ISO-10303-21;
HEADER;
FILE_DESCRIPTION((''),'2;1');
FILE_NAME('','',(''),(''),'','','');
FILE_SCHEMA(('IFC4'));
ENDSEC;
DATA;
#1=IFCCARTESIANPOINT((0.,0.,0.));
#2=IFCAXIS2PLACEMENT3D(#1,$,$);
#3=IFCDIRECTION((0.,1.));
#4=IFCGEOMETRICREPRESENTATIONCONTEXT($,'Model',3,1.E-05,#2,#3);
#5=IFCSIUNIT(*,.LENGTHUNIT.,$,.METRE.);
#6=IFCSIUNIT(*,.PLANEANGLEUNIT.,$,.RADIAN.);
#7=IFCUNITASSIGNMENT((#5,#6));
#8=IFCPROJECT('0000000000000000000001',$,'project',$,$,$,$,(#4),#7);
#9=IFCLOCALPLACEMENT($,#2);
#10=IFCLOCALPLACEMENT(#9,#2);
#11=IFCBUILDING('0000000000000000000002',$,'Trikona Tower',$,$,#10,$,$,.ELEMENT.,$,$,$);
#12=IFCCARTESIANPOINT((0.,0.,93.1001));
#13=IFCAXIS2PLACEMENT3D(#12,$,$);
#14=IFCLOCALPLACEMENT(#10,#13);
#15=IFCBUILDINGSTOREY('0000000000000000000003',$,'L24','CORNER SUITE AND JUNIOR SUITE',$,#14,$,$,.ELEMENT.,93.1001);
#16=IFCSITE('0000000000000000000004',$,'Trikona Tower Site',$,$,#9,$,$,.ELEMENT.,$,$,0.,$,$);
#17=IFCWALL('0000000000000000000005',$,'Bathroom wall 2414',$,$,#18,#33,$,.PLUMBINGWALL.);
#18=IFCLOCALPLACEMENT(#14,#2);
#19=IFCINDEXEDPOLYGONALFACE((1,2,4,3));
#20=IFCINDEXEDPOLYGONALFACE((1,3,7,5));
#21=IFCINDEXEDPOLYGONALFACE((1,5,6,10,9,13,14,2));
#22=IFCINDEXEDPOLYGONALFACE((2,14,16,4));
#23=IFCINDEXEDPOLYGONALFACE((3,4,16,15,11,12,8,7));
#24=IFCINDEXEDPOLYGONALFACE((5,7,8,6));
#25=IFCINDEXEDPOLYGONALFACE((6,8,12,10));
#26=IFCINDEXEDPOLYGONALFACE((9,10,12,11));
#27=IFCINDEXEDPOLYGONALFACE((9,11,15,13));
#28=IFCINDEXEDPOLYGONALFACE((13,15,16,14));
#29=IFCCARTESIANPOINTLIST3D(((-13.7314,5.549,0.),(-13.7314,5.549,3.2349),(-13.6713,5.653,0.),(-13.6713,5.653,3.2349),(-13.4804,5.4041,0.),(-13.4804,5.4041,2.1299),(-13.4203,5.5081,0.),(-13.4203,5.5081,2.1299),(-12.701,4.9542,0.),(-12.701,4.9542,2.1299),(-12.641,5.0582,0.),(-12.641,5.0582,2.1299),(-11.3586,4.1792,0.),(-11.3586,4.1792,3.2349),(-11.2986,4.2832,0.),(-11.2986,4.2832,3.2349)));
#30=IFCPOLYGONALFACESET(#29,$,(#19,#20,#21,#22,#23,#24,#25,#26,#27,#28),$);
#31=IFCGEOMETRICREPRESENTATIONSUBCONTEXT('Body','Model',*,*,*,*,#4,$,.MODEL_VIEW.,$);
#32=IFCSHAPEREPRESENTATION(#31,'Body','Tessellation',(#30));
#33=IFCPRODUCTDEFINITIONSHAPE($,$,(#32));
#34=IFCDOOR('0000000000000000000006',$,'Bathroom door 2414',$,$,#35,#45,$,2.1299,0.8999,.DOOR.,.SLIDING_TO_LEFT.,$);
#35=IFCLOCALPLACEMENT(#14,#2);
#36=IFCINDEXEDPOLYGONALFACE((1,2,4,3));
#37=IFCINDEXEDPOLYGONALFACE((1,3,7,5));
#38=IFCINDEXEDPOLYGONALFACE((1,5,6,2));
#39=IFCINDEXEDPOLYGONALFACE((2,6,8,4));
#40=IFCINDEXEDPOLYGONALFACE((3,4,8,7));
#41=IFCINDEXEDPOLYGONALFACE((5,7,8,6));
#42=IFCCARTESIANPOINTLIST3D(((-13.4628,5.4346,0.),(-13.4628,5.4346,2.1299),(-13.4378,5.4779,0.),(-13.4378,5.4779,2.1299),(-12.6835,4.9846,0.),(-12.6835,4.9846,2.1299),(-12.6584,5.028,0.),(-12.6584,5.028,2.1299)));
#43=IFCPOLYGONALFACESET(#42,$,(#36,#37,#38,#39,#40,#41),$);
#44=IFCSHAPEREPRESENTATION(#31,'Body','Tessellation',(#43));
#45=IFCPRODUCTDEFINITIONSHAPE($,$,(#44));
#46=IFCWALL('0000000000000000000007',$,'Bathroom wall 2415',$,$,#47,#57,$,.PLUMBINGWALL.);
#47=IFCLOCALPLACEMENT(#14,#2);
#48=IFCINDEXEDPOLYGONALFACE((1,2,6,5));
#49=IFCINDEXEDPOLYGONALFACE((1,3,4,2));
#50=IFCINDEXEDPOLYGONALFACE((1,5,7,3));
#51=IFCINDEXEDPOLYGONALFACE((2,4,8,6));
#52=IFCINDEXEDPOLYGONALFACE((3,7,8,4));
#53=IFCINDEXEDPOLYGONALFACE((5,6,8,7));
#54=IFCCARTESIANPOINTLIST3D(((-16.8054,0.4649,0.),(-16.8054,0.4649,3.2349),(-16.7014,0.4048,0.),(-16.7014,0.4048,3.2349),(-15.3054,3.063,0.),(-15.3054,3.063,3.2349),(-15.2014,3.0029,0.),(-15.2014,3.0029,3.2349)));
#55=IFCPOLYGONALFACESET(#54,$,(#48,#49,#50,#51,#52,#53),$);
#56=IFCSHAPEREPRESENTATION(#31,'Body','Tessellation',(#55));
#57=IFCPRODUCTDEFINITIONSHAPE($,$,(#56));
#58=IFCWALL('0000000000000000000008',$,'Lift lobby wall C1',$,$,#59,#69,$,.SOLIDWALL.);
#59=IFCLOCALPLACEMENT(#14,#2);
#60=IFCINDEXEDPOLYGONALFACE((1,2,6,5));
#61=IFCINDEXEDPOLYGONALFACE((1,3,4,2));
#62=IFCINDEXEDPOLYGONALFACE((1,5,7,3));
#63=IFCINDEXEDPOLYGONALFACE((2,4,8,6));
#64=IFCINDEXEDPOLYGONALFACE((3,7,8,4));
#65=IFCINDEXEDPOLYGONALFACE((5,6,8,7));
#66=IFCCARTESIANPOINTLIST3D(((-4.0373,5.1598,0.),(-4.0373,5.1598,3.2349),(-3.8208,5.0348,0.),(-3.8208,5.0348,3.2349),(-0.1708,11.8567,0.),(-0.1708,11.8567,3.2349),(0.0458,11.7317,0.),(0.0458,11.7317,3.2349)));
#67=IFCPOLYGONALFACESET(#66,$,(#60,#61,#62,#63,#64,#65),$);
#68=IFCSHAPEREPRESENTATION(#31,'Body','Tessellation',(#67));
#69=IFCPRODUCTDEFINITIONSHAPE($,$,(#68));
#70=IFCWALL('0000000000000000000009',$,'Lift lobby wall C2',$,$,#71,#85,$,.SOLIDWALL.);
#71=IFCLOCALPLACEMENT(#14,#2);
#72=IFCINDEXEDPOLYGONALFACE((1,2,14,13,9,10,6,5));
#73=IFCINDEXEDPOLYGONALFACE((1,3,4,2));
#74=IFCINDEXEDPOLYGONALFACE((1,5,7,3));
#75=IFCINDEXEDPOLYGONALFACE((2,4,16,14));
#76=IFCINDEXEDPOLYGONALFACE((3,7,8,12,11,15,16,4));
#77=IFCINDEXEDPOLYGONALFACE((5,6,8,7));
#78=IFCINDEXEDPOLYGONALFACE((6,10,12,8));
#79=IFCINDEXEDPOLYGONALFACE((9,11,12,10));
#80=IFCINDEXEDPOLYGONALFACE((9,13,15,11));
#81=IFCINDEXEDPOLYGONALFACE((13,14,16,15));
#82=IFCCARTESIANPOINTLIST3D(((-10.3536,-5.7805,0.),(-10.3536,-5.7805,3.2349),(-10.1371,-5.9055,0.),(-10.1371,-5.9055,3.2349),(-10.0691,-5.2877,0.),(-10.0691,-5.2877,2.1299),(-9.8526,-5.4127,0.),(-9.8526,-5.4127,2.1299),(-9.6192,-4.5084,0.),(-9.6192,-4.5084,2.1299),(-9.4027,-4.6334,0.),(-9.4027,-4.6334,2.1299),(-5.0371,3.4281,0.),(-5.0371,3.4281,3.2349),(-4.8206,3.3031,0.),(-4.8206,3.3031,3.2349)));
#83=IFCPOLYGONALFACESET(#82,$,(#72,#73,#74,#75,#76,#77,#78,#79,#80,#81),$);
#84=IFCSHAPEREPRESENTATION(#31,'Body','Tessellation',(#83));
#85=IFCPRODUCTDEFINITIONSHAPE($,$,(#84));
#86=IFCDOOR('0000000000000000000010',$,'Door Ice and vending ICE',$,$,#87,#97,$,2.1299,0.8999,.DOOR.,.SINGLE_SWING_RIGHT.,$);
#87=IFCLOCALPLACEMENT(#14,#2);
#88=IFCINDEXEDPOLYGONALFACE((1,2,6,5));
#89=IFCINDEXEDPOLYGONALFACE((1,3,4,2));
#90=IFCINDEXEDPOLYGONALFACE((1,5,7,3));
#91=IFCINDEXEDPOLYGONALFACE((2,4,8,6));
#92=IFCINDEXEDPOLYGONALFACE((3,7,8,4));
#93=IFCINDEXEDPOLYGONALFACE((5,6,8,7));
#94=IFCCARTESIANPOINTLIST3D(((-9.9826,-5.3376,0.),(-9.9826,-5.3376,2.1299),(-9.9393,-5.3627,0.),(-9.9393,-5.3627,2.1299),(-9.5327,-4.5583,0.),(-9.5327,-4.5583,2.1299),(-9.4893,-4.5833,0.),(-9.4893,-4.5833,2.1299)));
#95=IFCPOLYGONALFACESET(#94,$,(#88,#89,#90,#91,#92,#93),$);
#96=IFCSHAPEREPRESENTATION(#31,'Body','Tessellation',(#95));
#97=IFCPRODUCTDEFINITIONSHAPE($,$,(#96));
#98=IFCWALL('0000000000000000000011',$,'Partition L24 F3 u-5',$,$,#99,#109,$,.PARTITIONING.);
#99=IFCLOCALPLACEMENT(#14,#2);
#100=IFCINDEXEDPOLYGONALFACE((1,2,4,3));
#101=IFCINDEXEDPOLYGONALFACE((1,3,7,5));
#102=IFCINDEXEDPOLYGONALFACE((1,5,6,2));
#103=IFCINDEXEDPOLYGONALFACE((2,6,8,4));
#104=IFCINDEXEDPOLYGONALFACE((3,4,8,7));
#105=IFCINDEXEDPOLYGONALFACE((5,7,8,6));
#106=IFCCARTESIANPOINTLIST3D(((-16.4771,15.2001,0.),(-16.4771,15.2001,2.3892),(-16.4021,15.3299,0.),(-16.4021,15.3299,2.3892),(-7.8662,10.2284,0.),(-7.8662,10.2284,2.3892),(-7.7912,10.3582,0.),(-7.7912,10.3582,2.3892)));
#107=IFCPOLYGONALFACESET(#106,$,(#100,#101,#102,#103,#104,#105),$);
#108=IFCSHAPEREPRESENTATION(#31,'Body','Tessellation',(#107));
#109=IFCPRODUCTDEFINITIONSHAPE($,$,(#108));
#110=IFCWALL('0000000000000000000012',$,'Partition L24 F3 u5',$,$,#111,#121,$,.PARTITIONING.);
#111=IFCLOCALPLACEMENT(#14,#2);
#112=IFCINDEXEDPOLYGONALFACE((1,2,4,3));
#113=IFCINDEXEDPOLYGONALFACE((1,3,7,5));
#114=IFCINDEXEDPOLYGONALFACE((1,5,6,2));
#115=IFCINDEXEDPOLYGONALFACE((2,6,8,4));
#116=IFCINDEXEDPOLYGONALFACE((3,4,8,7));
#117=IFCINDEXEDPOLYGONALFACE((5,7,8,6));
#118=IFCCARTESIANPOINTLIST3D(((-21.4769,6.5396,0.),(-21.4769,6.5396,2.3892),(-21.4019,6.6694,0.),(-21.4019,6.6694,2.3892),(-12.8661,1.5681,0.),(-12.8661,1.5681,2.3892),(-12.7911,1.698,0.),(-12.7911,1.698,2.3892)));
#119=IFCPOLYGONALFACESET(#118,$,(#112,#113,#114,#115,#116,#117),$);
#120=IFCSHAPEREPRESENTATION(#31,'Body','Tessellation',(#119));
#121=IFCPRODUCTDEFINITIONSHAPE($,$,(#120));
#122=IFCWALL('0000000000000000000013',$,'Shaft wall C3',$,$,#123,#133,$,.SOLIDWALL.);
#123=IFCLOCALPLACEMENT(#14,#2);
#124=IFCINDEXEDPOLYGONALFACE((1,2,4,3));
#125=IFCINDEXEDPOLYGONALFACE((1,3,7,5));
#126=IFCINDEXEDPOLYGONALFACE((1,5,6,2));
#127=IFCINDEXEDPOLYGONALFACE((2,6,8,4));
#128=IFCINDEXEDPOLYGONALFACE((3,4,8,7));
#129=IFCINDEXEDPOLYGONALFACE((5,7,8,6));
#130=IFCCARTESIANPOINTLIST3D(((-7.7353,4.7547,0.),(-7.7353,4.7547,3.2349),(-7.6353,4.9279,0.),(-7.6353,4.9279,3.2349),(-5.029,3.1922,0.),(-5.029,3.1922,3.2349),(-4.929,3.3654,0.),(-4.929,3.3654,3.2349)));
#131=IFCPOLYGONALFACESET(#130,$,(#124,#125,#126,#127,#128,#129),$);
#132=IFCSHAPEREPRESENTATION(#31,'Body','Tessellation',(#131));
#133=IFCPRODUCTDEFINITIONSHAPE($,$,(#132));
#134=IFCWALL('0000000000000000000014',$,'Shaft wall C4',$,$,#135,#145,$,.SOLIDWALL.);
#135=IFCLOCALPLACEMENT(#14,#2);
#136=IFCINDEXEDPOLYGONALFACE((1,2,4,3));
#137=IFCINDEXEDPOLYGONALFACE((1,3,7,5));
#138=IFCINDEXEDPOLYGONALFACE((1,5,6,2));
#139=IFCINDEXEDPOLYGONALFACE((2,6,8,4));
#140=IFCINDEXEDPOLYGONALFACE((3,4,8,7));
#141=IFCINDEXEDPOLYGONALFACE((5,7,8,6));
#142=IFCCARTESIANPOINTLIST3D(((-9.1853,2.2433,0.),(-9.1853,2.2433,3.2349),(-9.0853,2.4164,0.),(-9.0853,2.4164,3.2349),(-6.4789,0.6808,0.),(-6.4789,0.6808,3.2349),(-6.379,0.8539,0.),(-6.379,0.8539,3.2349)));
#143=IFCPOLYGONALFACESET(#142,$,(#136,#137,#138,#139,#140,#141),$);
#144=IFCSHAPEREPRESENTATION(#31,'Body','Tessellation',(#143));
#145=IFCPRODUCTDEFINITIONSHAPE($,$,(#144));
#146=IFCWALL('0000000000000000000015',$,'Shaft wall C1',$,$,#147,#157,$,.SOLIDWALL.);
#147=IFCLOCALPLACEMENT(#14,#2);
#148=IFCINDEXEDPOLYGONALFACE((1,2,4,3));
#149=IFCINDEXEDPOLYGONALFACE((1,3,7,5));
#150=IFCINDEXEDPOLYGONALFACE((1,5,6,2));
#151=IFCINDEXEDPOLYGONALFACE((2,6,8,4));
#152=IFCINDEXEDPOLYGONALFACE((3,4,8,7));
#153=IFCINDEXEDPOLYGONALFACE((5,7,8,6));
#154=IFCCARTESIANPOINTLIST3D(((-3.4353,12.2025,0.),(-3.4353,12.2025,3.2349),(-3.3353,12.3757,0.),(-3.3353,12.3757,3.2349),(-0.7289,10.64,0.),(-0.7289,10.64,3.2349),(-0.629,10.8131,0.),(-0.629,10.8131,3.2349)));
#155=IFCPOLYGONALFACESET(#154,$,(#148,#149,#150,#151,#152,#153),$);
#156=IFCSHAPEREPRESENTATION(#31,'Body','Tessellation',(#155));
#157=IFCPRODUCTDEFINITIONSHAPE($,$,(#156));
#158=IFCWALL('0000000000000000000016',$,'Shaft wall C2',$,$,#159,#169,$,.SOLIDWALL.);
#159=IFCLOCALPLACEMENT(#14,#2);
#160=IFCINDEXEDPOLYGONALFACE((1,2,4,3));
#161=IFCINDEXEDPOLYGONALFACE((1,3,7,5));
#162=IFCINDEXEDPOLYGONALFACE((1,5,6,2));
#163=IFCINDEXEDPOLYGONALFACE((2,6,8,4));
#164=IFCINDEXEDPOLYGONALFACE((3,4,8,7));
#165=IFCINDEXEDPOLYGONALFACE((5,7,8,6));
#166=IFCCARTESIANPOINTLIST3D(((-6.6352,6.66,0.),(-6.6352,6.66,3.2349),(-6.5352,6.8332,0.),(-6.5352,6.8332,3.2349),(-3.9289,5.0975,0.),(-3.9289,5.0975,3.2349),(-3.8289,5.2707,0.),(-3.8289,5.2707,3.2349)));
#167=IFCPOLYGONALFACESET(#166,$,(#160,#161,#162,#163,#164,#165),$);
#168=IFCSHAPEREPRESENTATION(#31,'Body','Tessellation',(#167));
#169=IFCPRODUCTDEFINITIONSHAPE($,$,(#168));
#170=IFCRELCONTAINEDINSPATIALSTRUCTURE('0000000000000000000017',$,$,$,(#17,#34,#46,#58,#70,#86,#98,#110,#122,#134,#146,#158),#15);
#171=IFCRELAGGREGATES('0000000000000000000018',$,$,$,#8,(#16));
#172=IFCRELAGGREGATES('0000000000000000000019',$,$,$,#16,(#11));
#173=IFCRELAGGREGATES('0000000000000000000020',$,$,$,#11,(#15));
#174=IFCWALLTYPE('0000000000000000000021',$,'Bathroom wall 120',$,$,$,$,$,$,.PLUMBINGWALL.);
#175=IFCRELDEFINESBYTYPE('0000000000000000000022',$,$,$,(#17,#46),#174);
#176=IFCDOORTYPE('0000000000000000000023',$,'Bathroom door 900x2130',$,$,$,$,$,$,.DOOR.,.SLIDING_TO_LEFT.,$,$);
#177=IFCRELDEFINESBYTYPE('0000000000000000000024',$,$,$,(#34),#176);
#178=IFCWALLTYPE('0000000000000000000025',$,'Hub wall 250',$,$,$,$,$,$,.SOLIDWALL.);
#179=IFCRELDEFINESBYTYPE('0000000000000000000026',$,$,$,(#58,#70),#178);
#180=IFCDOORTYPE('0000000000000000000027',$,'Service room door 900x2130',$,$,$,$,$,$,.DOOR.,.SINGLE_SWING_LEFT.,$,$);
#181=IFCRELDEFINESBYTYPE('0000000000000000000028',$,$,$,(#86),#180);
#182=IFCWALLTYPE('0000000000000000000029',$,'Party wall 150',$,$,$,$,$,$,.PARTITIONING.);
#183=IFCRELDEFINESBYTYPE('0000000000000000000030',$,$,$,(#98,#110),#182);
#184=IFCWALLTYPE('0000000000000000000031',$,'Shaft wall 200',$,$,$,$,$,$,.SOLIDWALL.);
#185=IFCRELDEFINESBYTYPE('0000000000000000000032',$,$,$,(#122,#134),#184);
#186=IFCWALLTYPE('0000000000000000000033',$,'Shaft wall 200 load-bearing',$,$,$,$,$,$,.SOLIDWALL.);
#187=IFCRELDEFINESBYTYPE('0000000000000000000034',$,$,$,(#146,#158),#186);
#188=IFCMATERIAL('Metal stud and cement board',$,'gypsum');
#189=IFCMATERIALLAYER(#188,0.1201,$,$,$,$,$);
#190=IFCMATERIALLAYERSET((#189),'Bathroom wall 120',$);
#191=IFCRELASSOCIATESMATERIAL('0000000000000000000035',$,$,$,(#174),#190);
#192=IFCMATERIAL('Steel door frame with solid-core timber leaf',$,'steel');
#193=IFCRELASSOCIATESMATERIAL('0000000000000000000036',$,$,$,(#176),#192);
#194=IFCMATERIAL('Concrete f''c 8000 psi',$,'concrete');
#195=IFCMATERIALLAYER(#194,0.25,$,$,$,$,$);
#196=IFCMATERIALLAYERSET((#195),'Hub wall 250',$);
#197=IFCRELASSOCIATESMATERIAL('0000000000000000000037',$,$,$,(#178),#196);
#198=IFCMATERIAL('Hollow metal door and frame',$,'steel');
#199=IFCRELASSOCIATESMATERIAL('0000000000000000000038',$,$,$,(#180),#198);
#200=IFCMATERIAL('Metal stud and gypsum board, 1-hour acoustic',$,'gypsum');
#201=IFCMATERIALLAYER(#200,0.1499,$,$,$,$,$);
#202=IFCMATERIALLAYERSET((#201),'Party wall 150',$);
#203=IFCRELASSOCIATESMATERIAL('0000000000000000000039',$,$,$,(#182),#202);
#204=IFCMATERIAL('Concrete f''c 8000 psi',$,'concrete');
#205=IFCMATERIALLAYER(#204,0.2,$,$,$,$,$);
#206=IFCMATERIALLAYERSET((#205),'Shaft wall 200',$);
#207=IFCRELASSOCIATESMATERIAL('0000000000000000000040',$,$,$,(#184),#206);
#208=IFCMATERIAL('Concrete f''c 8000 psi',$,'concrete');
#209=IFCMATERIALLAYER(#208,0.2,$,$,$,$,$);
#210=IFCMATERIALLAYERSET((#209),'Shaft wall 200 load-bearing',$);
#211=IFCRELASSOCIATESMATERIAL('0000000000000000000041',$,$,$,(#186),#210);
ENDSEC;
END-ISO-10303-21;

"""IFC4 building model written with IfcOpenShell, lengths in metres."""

from ifc_helpers import new_model, si_unit, direction, frame, frame_2d, origin, place, context, subcontext, project, spatial, rectangle, extrude, material, layer, layer_set, type_object, element, fill, save


model = new_model("IFC4")

# Units and contexts
model_context = context("Model", 3, precision=1e-05, world=origin(), true_north=direction((0.0, 1.0)))
body_context = subcontext(model_context, "Body", "Model", "MODEL_VIEW")
ifc_project = project(units=[si_unit("LENGTHUNIT", "METRE"), si_unit("PLANEANGLEUNIT", "RADIAN")], contexts=[model_context])

# Site, building, storey
site_placement = place(None, origin())
site = spatial("IfcSite", under=ifc_project, at=site_placement, Name="Trikona Tower Site", CompositionType="ELEMENT", RefElevation=0.0)
building_placement = place(site_placement, origin())
building = spatial("IfcBuilding", under=site, at=building_placement, Name="Trikona Tower", CompositionType="ELEMENT")
storey_placement = place(building_placement, frame((0.0, 0.0, 93.1001)))
storey = spatial("IfcBuildingStorey", under=building, at=storey_placement, Name="L24", Description="CORNER SUITE AND JUNIOR SUITE", CompositionType="ELEMENT", Elevation=93.1001)

# Shared definitions
ifc_material_1 = material(Name="Metal stud and cement board", Category="gypsum")
ifc_layer_1 = layer(ifc_material_1, 0.1201)
ifc_layer_set_1 = layer_set([ifc_layer_1], Name="Bathroom wall 120")
wall_type_1 = type_object("IfcWallType", Name="Bathroom wall 120", PredefinedType="PLUMBINGWALL", material=ifc_layer_set_1)
ifc_material_2 = material(Name="Steel door frame with solid-core timber leaf", Category="steel")
door_type_1 = type_object("IfcDoorType", Name="Bathroom door 900x2130", OperationType="SLIDING_TO_LEFT", PredefinedType="DOOR", material=ifc_material_2)

# Wall, opening, door
wall_1_placement = place(storey_placement, frame((-11.3286, 4.2312, 0.0), z_axis=(0.0, 0.0, 1.0), x_axis=(-0.866036, 0.499982, 0.0)))
wall_1 = element("IfcWall", 1, at=wall_1_placement, inside=storey, type_object=wall_type_1, Name="Bathroom wall 2414", PredefinedType="PLUMBINGWALL", context=body_context, shape_type="SweptSolid", body=[
    extrude(rectangle(XDim=2.7397, YDim=0.1201, at=frame_2d((1.3699, 0.0))), origin(), (0.0, 0.0, 1.0), 3.2349),
])
opening_1_placement = place(wall_1_placement, frame((1.55, 0.0, 0.0)))
opening_1 = element("IfcOpeningElement", 2, at=opening_1_placement, cuts=wall_1, PredefinedType="OPENING", context=body_context, shape_type="SweptSolid", body=[
    extrude(rectangle(XDim=0.8999, YDim=2.1299, at=frame_2d((0.45, 1.0649))), frame((0.0, 0.0701, 0.0), z_axis=(0.0, -1.0, 0.0), x_axis=(1.0, 0.0, 0.0)), (0.0, 0.0, 1.0), 0.1401),
])
door_1_placement = place(opening_1_placement, origin())
door_1 = element("IfcDoor", 3, at=door_1_placement, inside=storey, type_object=door_type_1, Name="Bathroom door 2414", OperationType="SLIDING_TO_LEFT", OverallHeight=2.1299, OverallWidth=0.8999, PredefinedType="DOOR", context=body_context, shape_type="SweptSolid", body=[
    extrude(rectangle(XDim=0.8999, YDim=2.1299, at=frame_2d((0.45, 1.0649))), frame((0.0, 0.0249, 0.0), z_axis=(0.0, -1.0, 0.0), x_axis=(1.0, 0.0, 0.0)), (0.0, 0.0, 1.0), 0.05),
])
fill(opening_1, door_1)

# Walls
wall_2_placement = place(storey_placement, frame((-15.2534, 3.033, 0.0), z_axis=(0.0, 0.0, 1.0), x_axis=(-0.49999, -0.866031, 0.0)))
element("IfcWall", 4, at=wall_2_placement, inside=storey, type_object=wall_type_1, Name="Bathroom wall 2415", PredefinedType="PLUMBINGWALL", context=body_context, shape_type="SweptSolid", body=[
    extrude(rectangle(XDim=3.0, YDim=0.1201, at=frame_2d((1.5, 0.0))), origin(), (0.0, 0.0, 1.0), 3.2349),
])
ifc_material_3 = material(Name="Concrete f'c 8000 psi", Category="concrete")
ifc_layer_2 = layer(ifc_material_3, 0.25)
ifc_layer_set_2 = layer_set([ifc_layer_2], Name="Hub wall 250")
wall_type_2 = type_object("IfcWallType", Name="Hub wall 250", PredefinedType="SOLIDWALL", material=ifc_layer_set_2)
wall_3_placement = place(storey_placement, frame((-0.0625, 11.7942, 0.0), z_axis=(0.0, 0.0, 1.0), x_axis=(-0.500007, -0.866022, 0.0)))
element("IfcWall", 5, at=wall_3_placement, inside=storey, type_object=wall_type_2, Name="Lift lobby wall C1", PredefinedType="SOLIDWALL", context=body_context, shape_type="SweptSolid", body=[
    extrude(rectangle(XDim=7.7329, YDim=0.25, at=frame_2d((3.8665, 0.0))), origin(), (0.0, 0.0, 1.0), 3.2349),
])

# Wall, opening, door
wall_4_placement = place(storey_placement, frame((-4.929, 3.3655, 0.0), z_axis=(0.0, 0.0, 1.0), x_axis=(-0.499991, -0.86603, 0.0)))
wall_4 = element("IfcWall", 6, at=wall_4_placement, inside=storey, type_object=wall_type_2, Name="Lift lobby wall C2", PredefinedType="SOLIDWALL", context=body_context, shape_type="SweptSolid", body=[
    extrude(rectangle(XDim=10.6331, YDim=0.25, at=frame_2d((5.3164, 0.0))), origin(), (0.0, 0.0, 1.0), 3.2349),
])
opening_2_placement = place(wall_4_placement, frame((9.1641, 0.0, 0.0)))
opening_2 = element("IfcOpeningElement", 7, at=opening_2_placement, cuts=wall_4, PredefinedType="OPENING", context=body_context, shape_type="SweptSolid", body=[
    extrude(rectangle(XDim=0.8999, YDim=2.1299, at=frame_2d((0.45, 1.0649))), frame((0.0, 0.135, 0.0), z_axis=(0.0, -1.0, 0.0), x_axis=(1.0, 0.0, 0.0)), (0.0, 0.0, 1.0), 0.27),
])
ifc_material_4 = material(Name="Hollow metal door and frame", Category="steel")
door_type_2 = type_object("IfcDoorType", Name="Service room door 900x2130", OperationType="SINGLE_SWING_LEFT", PredefinedType="DOOR", material=ifc_material_4)
door_2_placement = place(opening_2_placement, origin())
door_2 = element("IfcDoor", 8, at=door_2_placement, inside=storey, type_object=door_type_2, Name="Door Ice and vending ICE", OperationType="SINGLE_SWING_RIGHT", OverallHeight=2.1299, OverallWidth=0.8999, PredefinedType="DOOR", context=body_context, shape_type="SweptSolid", body=[
    extrude(rectangle(XDim=0.8999, YDim=2.1299, at=frame_2d((0.45, 1.0649))), frame((0.0, 0.0249, 0.0), z_axis=(0.0, -1.0, 0.0), x_axis=(1.0, 0.0, 0.0)), (0.0, 0.0, 1.0), 0.05),
])
fill(opening_2, door_2)

# Walls
ifc_material_5 = material(Name="Metal stud and gypsum board, 1-hour acoustic", Category="gypsum")
ifc_layer_3 = layer(ifc_material_5, 0.1499)
ifc_layer_set_3 = layer_set([ifc_layer_3], Name="Party wall 150")
wall_type_3 = type_object("IfcWallType", Name="Party wall 150", PredefinedType="PARTITIONING", material=ifc_layer_set_3)
wall_5_placement = place(storey_placement, frame((-7.8286, 10.2932, 0.0), z_axis=(0.0, 0.0, 1.0), x_axis=(-0.866016, 0.500016, 0.0)))
element("IfcWall", 9, at=wall_5_placement, inside=storey, type_object=wall_type_3, Name="Partition L24 F3 u-5", PredefinedType="PARTITIONING", context=body_context, shape_type="SweptSolid", body=[
    extrude(rectangle(XDim=9.9431, YDim=0.1499, at=frame_2d((4.9717, 0.0))), origin(), (0.0, 0.0, 1.0), 2.3892),
])
wall_6_placement = place(storey_placement, frame((-12.8286, 1.6331, 0.0), z_axis=(0.0, 0.0, 1.0), x_axis=(-0.866027, 0.499997, 0.0)))
element("IfcWall", 10, at=wall_6_placement, inside=storey, type_object=wall_type_3, Name="Partition L24 F3 u5", PredefinedType="PARTITIONING", context=body_context, shape_type="SweptSolid", body=[
    extrude(rectangle(XDim=9.9429, YDim=0.1499, at=frame_2d((4.9714, 0.0))), origin(), (0.0, 0.0, 1.0), 2.3892),
])
ifc_material_6 = material(Name="Concrete f'c 8000 psi", Category="concrete")
ifc_layer_4 = layer(ifc_material_6, 0.2)
ifc_layer_set_4 = layer_set([ifc_layer_4], Name="Shaft wall 200")
wall_type_4 = type_object("IfcWallType", Name="Shaft wall 200", PredefinedType="SOLIDWALL", material=ifc_layer_set_4)
for number, where, z_axis, x_axis, name in (
    (11, (-4.979, 3.2788, 0.0), (0.0, 0.0, 1.0), (-0.866023, 0.500004, 0.0), "Shaft wall C3"),
    (12, (-6.429, 0.7673, 0.0), (0.0, 0.0, 1.0), (-0.866023, 0.500004, 0.0), "Shaft wall C4"),
):
    element("IfcWall", number, at=place(storey_placement, frame(where, z_axis=z_axis, x_axis=x_axis)), inside=storey, type_object=wall_type_4, Name=name, PredefinedType="SOLIDWALL", context=body_context, shape_type="SweptSolid", body=[
        extrude(rectangle(XDim=3.125, YDim=0.2, at=frame_2d((1.5625, 0.0))), origin(), (0.0, 0.0, 1.0), 3.2349),
    ])
ifc_material_7 = material(Name="Concrete f'c 8000 psi", Category="concrete")
ifc_layer_5 = layer(ifc_material_7, 0.2)
ifc_layer_set_5 = layer_set([ifc_layer_5], Name="Shaft wall 200 load-bearing")
wall_type_5 = type_object("IfcWallType", Name="Shaft wall 200 load-bearing", PredefinedType="SOLIDWALL", material=ifc_layer_set_5)
for number, where, z_axis, x_axis, name in (
    (13, (-0.679, 10.7266, 0.0), (0.0, 0.0, 1.0), (-0.866023, 0.500004, 0.0), "Shaft wall C1"),
    (14, (-3.8789, 5.1841, 0.0), (0.0, 0.0, 1.0), (-0.866023, 0.500004, 0.0), "Shaft wall C2"),
):
    element("IfcWall", number, at=place(storey_placement, frame(where, z_axis=z_axis, x_axis=x_axis)), inside=storey, type_object=wall_type_5, Name=name, PredefinedType="SOLIDWALL", context=body_context, shape_type="SweptSolid", body=[
        extrude(rectangle(XDim=3.125, YDim=0.2, at=frame_2d((1.5625, 0.0))), origin(), (0.0, 0.0, 1.0), 3.2349),
    ])

save(model, "model.ifc")
